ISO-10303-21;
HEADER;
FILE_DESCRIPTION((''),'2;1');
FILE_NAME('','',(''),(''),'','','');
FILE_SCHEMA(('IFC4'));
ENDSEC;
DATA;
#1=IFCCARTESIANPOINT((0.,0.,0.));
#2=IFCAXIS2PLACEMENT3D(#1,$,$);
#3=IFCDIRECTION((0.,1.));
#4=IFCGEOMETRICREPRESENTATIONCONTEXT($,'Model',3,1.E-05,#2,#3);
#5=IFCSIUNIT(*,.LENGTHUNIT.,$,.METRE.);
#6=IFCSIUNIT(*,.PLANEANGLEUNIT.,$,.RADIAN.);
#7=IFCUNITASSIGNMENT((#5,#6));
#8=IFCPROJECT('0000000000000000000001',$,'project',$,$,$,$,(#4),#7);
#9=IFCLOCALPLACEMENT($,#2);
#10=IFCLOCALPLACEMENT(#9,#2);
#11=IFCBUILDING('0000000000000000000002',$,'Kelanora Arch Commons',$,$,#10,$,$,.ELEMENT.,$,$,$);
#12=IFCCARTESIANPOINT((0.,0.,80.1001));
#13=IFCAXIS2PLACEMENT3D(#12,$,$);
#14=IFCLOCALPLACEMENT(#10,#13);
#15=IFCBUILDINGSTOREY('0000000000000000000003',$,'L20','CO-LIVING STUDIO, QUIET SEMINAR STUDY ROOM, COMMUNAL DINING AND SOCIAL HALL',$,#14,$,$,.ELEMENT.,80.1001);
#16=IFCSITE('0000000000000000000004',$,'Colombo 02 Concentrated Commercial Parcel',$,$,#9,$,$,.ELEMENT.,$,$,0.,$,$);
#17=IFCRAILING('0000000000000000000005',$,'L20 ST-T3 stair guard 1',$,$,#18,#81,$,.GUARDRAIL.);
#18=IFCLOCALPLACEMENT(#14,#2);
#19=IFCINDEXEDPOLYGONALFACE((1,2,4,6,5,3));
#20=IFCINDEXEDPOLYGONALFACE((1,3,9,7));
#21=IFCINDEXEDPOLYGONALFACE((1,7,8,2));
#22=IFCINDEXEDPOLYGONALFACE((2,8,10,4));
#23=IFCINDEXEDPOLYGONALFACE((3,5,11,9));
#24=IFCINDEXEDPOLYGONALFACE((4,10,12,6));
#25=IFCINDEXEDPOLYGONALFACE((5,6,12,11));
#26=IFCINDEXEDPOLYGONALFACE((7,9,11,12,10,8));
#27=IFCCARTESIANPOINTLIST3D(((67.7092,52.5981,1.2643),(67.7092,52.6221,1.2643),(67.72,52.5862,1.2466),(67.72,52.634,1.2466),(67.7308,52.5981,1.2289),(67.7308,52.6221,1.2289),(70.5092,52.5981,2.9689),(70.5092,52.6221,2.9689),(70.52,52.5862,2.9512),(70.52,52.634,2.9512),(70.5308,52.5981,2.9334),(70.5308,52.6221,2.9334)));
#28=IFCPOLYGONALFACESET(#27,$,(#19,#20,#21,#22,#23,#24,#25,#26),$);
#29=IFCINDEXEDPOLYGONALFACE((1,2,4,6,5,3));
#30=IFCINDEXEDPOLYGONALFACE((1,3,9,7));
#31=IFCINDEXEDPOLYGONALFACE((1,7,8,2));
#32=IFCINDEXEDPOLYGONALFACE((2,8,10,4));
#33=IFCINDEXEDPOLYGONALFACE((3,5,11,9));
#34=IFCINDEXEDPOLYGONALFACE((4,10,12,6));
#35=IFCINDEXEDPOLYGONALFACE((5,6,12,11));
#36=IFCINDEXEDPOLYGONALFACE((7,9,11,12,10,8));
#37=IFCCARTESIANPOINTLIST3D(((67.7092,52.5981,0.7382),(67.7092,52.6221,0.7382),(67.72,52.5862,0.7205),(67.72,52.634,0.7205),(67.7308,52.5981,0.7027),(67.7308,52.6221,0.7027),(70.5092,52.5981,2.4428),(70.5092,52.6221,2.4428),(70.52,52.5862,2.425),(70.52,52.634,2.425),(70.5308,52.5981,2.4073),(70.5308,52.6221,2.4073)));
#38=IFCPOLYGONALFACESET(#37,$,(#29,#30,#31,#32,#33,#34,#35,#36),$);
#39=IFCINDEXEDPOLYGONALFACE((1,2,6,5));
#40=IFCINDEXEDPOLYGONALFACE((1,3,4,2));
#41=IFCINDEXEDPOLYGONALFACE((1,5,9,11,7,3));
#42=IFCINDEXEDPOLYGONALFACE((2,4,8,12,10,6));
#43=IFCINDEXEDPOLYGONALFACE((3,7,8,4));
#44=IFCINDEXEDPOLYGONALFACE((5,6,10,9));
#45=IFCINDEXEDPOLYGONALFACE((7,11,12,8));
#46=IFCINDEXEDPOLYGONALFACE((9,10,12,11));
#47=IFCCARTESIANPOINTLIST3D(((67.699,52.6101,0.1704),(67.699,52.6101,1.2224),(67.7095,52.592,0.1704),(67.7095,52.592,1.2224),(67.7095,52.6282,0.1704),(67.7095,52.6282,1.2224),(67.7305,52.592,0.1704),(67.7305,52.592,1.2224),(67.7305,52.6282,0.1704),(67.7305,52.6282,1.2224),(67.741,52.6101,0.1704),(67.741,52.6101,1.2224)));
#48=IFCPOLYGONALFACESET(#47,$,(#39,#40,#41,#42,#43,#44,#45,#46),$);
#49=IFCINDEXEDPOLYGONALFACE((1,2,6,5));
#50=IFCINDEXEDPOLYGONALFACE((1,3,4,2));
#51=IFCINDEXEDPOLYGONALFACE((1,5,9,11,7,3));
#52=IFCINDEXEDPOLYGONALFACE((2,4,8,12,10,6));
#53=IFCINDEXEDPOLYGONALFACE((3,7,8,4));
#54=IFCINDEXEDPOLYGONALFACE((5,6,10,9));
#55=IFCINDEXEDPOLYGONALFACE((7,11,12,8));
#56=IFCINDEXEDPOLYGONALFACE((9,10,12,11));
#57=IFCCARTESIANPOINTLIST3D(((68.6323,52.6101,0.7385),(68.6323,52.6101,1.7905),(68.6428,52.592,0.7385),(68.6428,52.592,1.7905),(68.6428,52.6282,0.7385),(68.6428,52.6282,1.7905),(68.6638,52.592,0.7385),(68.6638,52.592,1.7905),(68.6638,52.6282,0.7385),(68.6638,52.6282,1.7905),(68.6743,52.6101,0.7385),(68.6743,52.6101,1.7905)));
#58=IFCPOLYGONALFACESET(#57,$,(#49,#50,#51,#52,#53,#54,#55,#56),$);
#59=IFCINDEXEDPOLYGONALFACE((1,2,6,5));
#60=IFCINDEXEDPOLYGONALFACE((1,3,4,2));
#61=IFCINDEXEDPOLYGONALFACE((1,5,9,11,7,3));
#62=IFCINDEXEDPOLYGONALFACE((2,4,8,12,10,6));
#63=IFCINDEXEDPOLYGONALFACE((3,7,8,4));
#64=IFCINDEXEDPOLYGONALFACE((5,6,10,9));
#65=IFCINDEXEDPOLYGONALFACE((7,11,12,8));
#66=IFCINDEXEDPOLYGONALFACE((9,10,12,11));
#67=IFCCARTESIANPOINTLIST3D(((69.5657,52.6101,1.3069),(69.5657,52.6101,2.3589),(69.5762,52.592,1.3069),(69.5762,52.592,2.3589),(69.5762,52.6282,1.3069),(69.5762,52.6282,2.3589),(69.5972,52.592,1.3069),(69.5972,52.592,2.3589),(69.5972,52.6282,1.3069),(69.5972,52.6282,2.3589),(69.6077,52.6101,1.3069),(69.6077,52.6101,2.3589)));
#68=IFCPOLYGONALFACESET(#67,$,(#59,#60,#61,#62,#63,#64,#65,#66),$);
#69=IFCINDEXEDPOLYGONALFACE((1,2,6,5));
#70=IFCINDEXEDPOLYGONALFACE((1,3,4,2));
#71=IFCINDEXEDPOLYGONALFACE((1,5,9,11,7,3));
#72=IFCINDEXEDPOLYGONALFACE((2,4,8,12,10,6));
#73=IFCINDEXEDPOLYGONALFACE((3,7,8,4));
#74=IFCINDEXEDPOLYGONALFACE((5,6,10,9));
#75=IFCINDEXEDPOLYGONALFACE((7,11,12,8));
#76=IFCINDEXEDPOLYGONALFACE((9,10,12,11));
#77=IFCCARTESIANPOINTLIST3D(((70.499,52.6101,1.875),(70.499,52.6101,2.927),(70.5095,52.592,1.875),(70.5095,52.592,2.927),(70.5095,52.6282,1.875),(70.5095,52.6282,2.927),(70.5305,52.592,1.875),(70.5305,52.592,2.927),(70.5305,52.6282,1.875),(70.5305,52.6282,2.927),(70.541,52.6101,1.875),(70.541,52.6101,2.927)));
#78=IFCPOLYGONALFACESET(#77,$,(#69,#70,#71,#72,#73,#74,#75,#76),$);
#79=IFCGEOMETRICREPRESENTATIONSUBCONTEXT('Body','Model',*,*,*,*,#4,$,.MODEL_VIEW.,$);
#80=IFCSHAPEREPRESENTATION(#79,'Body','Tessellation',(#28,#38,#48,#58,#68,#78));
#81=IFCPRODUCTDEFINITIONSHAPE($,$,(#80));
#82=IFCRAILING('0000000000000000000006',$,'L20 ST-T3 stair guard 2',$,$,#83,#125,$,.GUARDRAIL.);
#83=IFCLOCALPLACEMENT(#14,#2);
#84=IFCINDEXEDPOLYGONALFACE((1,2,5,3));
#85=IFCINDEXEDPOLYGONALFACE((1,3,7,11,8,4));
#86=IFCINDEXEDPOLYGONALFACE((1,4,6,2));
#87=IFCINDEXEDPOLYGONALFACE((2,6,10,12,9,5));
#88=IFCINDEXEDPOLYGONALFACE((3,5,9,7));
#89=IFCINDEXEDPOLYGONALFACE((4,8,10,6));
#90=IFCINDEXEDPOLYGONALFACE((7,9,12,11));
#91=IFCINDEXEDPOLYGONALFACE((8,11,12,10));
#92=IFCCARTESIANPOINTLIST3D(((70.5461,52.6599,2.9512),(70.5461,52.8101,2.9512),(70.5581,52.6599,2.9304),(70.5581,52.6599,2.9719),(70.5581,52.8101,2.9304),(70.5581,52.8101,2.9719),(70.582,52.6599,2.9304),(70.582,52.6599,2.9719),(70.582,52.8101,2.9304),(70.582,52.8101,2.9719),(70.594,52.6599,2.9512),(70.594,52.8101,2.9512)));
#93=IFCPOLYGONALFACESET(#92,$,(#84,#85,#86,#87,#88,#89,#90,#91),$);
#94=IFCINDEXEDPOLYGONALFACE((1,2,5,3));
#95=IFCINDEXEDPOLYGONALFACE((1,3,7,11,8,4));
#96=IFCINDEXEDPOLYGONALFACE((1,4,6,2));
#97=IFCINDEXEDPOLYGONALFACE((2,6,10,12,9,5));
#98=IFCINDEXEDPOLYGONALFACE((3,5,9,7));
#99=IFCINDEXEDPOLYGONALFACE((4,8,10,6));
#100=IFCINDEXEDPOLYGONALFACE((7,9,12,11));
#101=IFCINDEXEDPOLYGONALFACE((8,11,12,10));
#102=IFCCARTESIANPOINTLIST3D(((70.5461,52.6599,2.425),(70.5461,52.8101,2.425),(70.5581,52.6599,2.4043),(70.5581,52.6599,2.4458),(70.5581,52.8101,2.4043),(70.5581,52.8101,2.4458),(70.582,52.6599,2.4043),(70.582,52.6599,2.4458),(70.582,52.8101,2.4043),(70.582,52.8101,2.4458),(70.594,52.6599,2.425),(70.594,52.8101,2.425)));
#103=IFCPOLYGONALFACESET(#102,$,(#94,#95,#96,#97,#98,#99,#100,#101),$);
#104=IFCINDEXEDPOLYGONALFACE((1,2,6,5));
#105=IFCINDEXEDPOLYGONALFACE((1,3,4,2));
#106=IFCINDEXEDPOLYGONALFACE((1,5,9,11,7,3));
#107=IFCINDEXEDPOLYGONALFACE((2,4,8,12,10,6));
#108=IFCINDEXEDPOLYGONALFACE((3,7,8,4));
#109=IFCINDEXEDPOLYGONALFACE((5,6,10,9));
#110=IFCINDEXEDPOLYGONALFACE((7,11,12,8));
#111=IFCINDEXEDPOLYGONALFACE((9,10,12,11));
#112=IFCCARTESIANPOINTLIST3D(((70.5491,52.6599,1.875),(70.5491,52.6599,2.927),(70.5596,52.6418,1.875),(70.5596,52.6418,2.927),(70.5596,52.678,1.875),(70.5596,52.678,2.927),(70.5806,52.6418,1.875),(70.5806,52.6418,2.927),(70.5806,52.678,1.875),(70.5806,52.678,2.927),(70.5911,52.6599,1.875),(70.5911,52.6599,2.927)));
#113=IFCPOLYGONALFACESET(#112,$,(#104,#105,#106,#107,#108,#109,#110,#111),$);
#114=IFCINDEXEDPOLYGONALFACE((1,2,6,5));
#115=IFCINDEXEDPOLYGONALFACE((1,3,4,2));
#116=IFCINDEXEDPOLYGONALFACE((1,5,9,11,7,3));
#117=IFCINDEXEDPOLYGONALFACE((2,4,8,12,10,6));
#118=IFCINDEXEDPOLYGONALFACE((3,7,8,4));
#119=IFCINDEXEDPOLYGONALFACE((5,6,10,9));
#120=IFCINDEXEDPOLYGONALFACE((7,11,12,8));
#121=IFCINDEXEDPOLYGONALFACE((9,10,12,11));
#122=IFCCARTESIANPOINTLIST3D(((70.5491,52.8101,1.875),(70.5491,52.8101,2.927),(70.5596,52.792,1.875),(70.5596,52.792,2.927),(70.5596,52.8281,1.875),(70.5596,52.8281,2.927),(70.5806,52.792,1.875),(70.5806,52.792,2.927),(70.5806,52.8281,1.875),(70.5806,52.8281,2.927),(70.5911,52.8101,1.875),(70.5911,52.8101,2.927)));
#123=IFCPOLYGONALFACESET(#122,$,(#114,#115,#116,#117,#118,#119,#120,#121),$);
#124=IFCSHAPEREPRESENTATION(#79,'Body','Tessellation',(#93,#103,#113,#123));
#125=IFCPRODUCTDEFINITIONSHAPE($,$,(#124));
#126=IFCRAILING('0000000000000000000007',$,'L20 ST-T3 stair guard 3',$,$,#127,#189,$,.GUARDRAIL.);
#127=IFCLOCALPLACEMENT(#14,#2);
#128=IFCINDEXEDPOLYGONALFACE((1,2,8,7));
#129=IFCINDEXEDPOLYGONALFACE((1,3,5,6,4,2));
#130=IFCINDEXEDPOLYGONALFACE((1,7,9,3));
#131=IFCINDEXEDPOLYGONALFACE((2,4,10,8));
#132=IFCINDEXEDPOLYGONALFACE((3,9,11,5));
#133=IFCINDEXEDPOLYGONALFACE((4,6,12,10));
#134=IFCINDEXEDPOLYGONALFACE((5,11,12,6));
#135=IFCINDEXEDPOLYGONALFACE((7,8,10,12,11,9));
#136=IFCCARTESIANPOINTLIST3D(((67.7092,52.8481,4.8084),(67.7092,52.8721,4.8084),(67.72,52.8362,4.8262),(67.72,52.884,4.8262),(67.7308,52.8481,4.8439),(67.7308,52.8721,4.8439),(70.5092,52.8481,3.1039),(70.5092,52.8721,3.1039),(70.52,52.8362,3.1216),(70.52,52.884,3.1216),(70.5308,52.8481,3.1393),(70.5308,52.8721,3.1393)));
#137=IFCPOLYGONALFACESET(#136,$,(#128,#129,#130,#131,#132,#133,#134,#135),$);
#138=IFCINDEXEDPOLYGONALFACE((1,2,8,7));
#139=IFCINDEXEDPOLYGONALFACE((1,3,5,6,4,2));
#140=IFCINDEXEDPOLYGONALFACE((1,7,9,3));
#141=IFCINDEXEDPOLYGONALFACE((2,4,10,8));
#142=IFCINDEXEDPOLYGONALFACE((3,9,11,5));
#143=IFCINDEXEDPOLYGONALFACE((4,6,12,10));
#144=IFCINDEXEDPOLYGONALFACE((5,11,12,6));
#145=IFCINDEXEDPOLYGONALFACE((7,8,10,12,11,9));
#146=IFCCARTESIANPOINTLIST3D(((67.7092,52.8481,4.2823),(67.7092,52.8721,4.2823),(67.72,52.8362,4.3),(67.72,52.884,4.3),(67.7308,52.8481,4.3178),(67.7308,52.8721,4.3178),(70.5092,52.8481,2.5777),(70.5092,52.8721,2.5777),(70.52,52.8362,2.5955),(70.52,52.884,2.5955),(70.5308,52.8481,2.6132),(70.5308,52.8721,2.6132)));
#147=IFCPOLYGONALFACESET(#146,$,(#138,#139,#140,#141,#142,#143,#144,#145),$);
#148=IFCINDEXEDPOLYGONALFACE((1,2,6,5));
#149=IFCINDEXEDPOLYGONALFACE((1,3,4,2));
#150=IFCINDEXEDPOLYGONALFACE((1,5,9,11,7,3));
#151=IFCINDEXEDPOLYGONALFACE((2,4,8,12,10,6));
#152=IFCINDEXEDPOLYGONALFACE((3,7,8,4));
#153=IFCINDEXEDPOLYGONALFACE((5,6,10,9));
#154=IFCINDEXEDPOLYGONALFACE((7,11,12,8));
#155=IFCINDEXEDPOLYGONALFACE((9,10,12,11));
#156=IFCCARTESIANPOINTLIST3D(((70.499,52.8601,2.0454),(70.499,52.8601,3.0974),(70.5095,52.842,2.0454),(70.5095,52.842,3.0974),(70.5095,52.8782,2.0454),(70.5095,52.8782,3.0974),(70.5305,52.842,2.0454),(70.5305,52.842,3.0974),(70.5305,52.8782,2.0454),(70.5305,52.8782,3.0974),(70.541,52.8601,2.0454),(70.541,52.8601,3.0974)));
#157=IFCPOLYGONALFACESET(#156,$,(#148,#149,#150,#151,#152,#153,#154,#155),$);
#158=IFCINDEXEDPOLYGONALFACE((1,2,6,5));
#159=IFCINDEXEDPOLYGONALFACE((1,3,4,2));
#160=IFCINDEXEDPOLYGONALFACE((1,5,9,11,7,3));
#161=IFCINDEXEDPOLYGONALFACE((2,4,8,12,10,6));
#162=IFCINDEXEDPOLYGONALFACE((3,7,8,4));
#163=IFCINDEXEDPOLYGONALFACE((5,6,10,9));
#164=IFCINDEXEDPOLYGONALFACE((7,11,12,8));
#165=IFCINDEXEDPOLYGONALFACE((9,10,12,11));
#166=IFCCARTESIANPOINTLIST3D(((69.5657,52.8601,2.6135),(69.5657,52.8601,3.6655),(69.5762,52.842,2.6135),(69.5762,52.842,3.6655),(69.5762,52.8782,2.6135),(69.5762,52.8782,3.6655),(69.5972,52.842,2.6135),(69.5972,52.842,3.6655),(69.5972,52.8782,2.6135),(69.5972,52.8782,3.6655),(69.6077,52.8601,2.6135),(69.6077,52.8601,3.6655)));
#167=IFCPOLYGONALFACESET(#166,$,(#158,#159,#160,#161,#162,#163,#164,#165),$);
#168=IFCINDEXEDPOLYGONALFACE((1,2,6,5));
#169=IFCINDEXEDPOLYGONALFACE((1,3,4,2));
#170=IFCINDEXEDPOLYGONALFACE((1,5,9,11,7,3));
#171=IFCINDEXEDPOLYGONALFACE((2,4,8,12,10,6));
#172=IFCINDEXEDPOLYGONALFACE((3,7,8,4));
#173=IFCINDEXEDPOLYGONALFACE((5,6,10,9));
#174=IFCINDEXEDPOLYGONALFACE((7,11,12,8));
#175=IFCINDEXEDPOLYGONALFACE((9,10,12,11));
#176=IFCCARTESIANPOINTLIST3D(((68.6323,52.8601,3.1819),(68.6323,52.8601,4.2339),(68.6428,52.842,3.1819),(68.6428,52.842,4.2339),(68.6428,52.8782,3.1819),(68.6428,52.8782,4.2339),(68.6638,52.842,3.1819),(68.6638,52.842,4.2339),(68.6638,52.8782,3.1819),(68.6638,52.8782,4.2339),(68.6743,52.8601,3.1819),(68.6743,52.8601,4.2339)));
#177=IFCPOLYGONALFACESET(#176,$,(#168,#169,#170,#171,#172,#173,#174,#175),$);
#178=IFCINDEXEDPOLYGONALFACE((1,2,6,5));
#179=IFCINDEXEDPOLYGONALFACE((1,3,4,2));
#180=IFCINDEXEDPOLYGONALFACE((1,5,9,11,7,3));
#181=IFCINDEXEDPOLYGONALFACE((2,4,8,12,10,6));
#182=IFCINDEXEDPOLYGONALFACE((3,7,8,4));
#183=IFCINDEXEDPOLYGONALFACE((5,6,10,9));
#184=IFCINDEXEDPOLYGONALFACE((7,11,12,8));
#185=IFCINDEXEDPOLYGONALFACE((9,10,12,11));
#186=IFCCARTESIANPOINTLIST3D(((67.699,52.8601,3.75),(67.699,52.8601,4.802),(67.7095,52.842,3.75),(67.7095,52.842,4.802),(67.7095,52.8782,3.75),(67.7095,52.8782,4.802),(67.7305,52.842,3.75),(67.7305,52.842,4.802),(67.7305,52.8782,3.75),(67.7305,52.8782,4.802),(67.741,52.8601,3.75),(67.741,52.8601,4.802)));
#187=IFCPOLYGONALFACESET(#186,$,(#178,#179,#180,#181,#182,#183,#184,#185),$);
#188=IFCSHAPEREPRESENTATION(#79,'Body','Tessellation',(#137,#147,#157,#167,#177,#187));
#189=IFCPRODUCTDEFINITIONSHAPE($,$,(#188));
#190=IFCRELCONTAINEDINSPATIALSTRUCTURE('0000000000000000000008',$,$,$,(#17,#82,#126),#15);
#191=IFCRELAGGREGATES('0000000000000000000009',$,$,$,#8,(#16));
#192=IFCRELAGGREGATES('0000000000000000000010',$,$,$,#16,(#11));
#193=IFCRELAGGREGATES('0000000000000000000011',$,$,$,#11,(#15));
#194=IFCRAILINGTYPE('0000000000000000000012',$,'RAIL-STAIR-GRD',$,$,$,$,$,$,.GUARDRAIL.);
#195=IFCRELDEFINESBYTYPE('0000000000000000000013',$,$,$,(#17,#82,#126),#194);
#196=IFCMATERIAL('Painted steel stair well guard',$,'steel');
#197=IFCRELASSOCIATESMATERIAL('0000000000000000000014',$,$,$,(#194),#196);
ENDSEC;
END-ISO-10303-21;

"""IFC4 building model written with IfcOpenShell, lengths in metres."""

from ifc_helpers import new_model, si_unit, direction, frame, origin, place, context, subcontext, project, spatial, polyline, outline, extrude, material, type_object, element, save


model = new_model("IFC4")

# Units and contexts
model_context = context("Model", 3, precision=1e-05, world=origin(), true_north=direction((0.0, 1.0)))
body_context = subcontext(model_context, "Body", "Model", "MODEL_VIEW")
ifc_project = project(units=[si_unit("LENGTHUNIT", "METRE"), si_unit("PLANEANGLEUNIT", "RADIAN")], contexts=[model_context])

# Site, building, storey
site_placement = place(None, origin())
site = spatial("IfcSite", under=ifc_project, at=site_placement, Name="Colombo 02 Concentrated Commercial Parcel", CompositionType="ELEMENT", RefElevation=0.0)
building_placement = place(site_placement, origin())
building = spatial("IfcBuilding", under=site, at=building_placement, Name="Kelanora Arch Commons", CompositionType="ELEMENT")
storey_placement = place(building_placement, frame((0.0, 0.0, 80.1001)))
storey = spatial("IfcBuildingStorey", under=building, at=storey_placement, Name="L20", Description="CO-LIVING STUDIO, QUIET SEMINAR STUDY ROOM, COMMUNAL DINING AND SOCIAL HALL", CompositionType="ELEMENT", Elevation=80.1001)

# Railings
ifc_material_1 = material(Name="Painted steel stair well guard", Category="steel")
railing_type_1 = type_object("IfcRailingType", Name="RAIL-STAIR-GRD", PredefinedType="GUARDRAIL", material=ifc_material_1)
railing_1_placement = place(storey_placement, frame((67.72, 52.6101, 0.1704)))
element("IfcRailing", 1, at=railing_1_placement, inside=storey, type_object=railing_type_1, Name="L20 ST-T3 stair guard 1", PredefinedType="GUARDRAIL", context=body_context, shape_type="SweptSolid", body=[
    extrude(outline(polyline([(0.0239, 0.0), (0.012, 0.0208), (-0.012, 0.0208), (-0.0239, 0.0), (-0.012, -0.0208), (0.012, -0.0208), (0.0239, 0.0)])), frame((0.0, 0.0, 1.0762), z_axis=(0.85417, 0.0, 0.519994), x_axis=(0.0, 1.0, 0.0)), (0.0, 0.0, 1.0), 3.2781),
    extrude(outline(polyline([(0.0239, 0.0), (0.012, 0.0208), (-0.012, 0.0208), (-0.0239, 0.0), (-0.012, -0.0208), (0.012, -0.0208), (0.0239, 0.0)])), frame((0.0, 0.0, 0.55), z_axis=(0.85417, 0.0, 0.519994), x_axis=(0.0, 1.0, 0.0)), (0.0, 0.0, 1.0), 3.2781),
    extrude(outline(polyline([(0.021, 0.0), (0.0105, 0.0181), (-0.0105, 0.0181), (-0.021, 0.0), (-0.0105, -0.0181), (0.0105, -0.0181), (0.021, 0.0)])), origin(), (0.0, 0.0, 1.0), 1.052),
    extrude(outline(polyline([(0.021, 0.0), (0.0105, 0.0181), (-0.0105, 0.0181), (-0.021, 0.0), (-0.0105, -0.0181), (0.0105, -0.0181), (0.021, 0.0)])), frame((0.9333, 0.0, 0.5681)), (0.0, 0.0, 1.0), 1.052),
    extrude(outline(polyline([(0.021, 0.0), (0.0105, 0.0181), (-0.0105, 0.0181), (-0.021, 0.0), (-0.0105, -0.0181), (0.0105, -0.0181), (0.021, 0.0)])), frame((1.8667, 0.0, 1.1365)), (0.0, 0.0, 1.0), 1.052),
    extrude(outline(polyline([(0.021, 0.0), (0.0105, 0.0181), (-0.0105, 0.0181), (-0.021, 0.0), (-0.0105, -0.0181), (0.0105, -0.0181), (0.021, 0.0)])), frame((2.8, 0.0, 1.7046)), (0.0, 0.0, 1.0), 1.052),
])
railing_2_placement = place(storey_placement, frame((70.5701, 52.6599, 1.875)))
element("IfcRailing", 2, at=railing_2_placement, inside=storey, type_object=railing_type_1, Name="L20 ST-T3 stair guard 2", PredefinedType="GUARDRAIL", context=body_context, shape_type="SweptSolid", body=[
    extrude(outline(polyline([(0.0239, 0.0), (0.012, 0.0208), (-0.012, 0.0208), (-0.0239, 0.0), (-0.012, -0.0208), (0.012, -0.0208), (0.0239, 0.0)])), frame((0.0, 0.0, 1.0762), z_axis=(0.0, 1.0, 0.0), x_axis=(-1.0, 0.0, 0.0)), (0.0, 0.0, 1.0), 0.1501),
    extrude(outline(polyline([(0.0239, 0.0), (0.012, 0.0208), (-0.012, 0.0208), (-0.0239, 0.0), (-0.012, -0.0208), (0.012, -0.0208), (0.0239, 0.0)])), frame((0.0, 0.0, 0.55), z_axis=(0.0, 1.0, 0.0), x_axis=(-1.0, 0.0, 0.0)), (0.0, 0.0, 1.0), 0.1501),
    extrude(outline(polyline([(0.021, 0.0), (0.0105, 0.0181), (-0.0105, 0.0181), (-0.021, 0.0), (-0.0105, -0.0181), (0.0105, -0.0181), (0.021, 0.0)])), origin(), (0.0, 0.0, 1.0), 1.052),
    extrude(outline(polyline([(0.021, 0.0), (0.0105, 0.0181), (-0.0105, 0.0181), (-0.021, 0.0), (-0.0105, -0.0181), (0.0105, -0.0181), (0.021, 0.0)])), frame((0.0, 0.1501, 0.0)), (0.0, 0.0, 1.0), 1.052),
])
railing_3_placement = place(storey_placement, frame((70.52, 52.8601, 2.0454)))
element("IfcRailing", 3, at=railing_3_placement, inside=storey, type_object=railing_type_1, Name="L20 ST-T3 stair guard 3", PredefinedType="GUARDRAIL", context=body_context, shape_type="SweptSolid", body=[
    extrude(outline(polyline([(0.0239, 0.0), (0.012, 0.0208), (-0.012, 0.0208), (-0.0239, 0.0), (-0.012, -0.0208), (0.012, -0.0208), (0.0239, 0.0)])), frame((0.0, 0.0, 1.0762), z_axis=(-0.85417, 0.0, 0.519994), x_axis=(0.0, -1.0, 0.0)), (0.0, 0.0, 1.0), 3.2781),
    extrude(outline(polyline([(0.0239, 0.0), (0.012, 0.0208), (-0.012, 0.0208), (-0.0239, 0.0), (-0.012, -0.0208), (0.012, -0.0208), (0.0239, 0.0)])), frame((0.0, 0.0, 0.55), z_axis=(-0.85417, 0.0, 0.519994), x_axis=(0.0, -1.0, 0.0)), (0.0, 0.0, 1.0), 3.2781),
    extrude(outline(polyline([(0.021, 0.0), (0.0105, 0.0181), (-0.0105, 0.0181), (-0.021, 0.0), (-0.0105, -0.0181), (0.0105, -0.0181), (0.021, 0.0)])), origin(), (0.0, 0.0, 1.0), 1.052),
    extrude(outline(polyline([(0.021, 0.0), (0.0105, 0.0181), (-0.0105, 0.0181), (-0.021, 0.0), (-0.0105, -0.0181), (0.0105, -0.0181), (0.021, 0.0)])), frame((-0.9333, 0.0, 0.5681)), (0.0, 0.0, 1.0), 1.052),
    extrude(outline(polyline([(0.021, 0.0), (0.0105, 0.0181), (-0.0105, 0.0181), (-0.021, 0.0), (-0.0105, -0.0181), (0.0105, -0.0181), (0.021, 0.0)])), frame((-1.8667, 0.0, 1.1365)), (0.0, 0.0, 1.0), 1.052),
    extrude(outline(polyline([(0.021, 0.0), (0.0105, 0.0181), (-0.0105, 0.0181), (-0.021, 0.0), (-0.0105, -0.0181), (0.0105, -0.0181), (0.021, 0.0)])), frame((-2.8, 0.0, 1.7046)), (0.0, 0.0, 1.0), 1.052),
])

save(model, "model.ifc")
